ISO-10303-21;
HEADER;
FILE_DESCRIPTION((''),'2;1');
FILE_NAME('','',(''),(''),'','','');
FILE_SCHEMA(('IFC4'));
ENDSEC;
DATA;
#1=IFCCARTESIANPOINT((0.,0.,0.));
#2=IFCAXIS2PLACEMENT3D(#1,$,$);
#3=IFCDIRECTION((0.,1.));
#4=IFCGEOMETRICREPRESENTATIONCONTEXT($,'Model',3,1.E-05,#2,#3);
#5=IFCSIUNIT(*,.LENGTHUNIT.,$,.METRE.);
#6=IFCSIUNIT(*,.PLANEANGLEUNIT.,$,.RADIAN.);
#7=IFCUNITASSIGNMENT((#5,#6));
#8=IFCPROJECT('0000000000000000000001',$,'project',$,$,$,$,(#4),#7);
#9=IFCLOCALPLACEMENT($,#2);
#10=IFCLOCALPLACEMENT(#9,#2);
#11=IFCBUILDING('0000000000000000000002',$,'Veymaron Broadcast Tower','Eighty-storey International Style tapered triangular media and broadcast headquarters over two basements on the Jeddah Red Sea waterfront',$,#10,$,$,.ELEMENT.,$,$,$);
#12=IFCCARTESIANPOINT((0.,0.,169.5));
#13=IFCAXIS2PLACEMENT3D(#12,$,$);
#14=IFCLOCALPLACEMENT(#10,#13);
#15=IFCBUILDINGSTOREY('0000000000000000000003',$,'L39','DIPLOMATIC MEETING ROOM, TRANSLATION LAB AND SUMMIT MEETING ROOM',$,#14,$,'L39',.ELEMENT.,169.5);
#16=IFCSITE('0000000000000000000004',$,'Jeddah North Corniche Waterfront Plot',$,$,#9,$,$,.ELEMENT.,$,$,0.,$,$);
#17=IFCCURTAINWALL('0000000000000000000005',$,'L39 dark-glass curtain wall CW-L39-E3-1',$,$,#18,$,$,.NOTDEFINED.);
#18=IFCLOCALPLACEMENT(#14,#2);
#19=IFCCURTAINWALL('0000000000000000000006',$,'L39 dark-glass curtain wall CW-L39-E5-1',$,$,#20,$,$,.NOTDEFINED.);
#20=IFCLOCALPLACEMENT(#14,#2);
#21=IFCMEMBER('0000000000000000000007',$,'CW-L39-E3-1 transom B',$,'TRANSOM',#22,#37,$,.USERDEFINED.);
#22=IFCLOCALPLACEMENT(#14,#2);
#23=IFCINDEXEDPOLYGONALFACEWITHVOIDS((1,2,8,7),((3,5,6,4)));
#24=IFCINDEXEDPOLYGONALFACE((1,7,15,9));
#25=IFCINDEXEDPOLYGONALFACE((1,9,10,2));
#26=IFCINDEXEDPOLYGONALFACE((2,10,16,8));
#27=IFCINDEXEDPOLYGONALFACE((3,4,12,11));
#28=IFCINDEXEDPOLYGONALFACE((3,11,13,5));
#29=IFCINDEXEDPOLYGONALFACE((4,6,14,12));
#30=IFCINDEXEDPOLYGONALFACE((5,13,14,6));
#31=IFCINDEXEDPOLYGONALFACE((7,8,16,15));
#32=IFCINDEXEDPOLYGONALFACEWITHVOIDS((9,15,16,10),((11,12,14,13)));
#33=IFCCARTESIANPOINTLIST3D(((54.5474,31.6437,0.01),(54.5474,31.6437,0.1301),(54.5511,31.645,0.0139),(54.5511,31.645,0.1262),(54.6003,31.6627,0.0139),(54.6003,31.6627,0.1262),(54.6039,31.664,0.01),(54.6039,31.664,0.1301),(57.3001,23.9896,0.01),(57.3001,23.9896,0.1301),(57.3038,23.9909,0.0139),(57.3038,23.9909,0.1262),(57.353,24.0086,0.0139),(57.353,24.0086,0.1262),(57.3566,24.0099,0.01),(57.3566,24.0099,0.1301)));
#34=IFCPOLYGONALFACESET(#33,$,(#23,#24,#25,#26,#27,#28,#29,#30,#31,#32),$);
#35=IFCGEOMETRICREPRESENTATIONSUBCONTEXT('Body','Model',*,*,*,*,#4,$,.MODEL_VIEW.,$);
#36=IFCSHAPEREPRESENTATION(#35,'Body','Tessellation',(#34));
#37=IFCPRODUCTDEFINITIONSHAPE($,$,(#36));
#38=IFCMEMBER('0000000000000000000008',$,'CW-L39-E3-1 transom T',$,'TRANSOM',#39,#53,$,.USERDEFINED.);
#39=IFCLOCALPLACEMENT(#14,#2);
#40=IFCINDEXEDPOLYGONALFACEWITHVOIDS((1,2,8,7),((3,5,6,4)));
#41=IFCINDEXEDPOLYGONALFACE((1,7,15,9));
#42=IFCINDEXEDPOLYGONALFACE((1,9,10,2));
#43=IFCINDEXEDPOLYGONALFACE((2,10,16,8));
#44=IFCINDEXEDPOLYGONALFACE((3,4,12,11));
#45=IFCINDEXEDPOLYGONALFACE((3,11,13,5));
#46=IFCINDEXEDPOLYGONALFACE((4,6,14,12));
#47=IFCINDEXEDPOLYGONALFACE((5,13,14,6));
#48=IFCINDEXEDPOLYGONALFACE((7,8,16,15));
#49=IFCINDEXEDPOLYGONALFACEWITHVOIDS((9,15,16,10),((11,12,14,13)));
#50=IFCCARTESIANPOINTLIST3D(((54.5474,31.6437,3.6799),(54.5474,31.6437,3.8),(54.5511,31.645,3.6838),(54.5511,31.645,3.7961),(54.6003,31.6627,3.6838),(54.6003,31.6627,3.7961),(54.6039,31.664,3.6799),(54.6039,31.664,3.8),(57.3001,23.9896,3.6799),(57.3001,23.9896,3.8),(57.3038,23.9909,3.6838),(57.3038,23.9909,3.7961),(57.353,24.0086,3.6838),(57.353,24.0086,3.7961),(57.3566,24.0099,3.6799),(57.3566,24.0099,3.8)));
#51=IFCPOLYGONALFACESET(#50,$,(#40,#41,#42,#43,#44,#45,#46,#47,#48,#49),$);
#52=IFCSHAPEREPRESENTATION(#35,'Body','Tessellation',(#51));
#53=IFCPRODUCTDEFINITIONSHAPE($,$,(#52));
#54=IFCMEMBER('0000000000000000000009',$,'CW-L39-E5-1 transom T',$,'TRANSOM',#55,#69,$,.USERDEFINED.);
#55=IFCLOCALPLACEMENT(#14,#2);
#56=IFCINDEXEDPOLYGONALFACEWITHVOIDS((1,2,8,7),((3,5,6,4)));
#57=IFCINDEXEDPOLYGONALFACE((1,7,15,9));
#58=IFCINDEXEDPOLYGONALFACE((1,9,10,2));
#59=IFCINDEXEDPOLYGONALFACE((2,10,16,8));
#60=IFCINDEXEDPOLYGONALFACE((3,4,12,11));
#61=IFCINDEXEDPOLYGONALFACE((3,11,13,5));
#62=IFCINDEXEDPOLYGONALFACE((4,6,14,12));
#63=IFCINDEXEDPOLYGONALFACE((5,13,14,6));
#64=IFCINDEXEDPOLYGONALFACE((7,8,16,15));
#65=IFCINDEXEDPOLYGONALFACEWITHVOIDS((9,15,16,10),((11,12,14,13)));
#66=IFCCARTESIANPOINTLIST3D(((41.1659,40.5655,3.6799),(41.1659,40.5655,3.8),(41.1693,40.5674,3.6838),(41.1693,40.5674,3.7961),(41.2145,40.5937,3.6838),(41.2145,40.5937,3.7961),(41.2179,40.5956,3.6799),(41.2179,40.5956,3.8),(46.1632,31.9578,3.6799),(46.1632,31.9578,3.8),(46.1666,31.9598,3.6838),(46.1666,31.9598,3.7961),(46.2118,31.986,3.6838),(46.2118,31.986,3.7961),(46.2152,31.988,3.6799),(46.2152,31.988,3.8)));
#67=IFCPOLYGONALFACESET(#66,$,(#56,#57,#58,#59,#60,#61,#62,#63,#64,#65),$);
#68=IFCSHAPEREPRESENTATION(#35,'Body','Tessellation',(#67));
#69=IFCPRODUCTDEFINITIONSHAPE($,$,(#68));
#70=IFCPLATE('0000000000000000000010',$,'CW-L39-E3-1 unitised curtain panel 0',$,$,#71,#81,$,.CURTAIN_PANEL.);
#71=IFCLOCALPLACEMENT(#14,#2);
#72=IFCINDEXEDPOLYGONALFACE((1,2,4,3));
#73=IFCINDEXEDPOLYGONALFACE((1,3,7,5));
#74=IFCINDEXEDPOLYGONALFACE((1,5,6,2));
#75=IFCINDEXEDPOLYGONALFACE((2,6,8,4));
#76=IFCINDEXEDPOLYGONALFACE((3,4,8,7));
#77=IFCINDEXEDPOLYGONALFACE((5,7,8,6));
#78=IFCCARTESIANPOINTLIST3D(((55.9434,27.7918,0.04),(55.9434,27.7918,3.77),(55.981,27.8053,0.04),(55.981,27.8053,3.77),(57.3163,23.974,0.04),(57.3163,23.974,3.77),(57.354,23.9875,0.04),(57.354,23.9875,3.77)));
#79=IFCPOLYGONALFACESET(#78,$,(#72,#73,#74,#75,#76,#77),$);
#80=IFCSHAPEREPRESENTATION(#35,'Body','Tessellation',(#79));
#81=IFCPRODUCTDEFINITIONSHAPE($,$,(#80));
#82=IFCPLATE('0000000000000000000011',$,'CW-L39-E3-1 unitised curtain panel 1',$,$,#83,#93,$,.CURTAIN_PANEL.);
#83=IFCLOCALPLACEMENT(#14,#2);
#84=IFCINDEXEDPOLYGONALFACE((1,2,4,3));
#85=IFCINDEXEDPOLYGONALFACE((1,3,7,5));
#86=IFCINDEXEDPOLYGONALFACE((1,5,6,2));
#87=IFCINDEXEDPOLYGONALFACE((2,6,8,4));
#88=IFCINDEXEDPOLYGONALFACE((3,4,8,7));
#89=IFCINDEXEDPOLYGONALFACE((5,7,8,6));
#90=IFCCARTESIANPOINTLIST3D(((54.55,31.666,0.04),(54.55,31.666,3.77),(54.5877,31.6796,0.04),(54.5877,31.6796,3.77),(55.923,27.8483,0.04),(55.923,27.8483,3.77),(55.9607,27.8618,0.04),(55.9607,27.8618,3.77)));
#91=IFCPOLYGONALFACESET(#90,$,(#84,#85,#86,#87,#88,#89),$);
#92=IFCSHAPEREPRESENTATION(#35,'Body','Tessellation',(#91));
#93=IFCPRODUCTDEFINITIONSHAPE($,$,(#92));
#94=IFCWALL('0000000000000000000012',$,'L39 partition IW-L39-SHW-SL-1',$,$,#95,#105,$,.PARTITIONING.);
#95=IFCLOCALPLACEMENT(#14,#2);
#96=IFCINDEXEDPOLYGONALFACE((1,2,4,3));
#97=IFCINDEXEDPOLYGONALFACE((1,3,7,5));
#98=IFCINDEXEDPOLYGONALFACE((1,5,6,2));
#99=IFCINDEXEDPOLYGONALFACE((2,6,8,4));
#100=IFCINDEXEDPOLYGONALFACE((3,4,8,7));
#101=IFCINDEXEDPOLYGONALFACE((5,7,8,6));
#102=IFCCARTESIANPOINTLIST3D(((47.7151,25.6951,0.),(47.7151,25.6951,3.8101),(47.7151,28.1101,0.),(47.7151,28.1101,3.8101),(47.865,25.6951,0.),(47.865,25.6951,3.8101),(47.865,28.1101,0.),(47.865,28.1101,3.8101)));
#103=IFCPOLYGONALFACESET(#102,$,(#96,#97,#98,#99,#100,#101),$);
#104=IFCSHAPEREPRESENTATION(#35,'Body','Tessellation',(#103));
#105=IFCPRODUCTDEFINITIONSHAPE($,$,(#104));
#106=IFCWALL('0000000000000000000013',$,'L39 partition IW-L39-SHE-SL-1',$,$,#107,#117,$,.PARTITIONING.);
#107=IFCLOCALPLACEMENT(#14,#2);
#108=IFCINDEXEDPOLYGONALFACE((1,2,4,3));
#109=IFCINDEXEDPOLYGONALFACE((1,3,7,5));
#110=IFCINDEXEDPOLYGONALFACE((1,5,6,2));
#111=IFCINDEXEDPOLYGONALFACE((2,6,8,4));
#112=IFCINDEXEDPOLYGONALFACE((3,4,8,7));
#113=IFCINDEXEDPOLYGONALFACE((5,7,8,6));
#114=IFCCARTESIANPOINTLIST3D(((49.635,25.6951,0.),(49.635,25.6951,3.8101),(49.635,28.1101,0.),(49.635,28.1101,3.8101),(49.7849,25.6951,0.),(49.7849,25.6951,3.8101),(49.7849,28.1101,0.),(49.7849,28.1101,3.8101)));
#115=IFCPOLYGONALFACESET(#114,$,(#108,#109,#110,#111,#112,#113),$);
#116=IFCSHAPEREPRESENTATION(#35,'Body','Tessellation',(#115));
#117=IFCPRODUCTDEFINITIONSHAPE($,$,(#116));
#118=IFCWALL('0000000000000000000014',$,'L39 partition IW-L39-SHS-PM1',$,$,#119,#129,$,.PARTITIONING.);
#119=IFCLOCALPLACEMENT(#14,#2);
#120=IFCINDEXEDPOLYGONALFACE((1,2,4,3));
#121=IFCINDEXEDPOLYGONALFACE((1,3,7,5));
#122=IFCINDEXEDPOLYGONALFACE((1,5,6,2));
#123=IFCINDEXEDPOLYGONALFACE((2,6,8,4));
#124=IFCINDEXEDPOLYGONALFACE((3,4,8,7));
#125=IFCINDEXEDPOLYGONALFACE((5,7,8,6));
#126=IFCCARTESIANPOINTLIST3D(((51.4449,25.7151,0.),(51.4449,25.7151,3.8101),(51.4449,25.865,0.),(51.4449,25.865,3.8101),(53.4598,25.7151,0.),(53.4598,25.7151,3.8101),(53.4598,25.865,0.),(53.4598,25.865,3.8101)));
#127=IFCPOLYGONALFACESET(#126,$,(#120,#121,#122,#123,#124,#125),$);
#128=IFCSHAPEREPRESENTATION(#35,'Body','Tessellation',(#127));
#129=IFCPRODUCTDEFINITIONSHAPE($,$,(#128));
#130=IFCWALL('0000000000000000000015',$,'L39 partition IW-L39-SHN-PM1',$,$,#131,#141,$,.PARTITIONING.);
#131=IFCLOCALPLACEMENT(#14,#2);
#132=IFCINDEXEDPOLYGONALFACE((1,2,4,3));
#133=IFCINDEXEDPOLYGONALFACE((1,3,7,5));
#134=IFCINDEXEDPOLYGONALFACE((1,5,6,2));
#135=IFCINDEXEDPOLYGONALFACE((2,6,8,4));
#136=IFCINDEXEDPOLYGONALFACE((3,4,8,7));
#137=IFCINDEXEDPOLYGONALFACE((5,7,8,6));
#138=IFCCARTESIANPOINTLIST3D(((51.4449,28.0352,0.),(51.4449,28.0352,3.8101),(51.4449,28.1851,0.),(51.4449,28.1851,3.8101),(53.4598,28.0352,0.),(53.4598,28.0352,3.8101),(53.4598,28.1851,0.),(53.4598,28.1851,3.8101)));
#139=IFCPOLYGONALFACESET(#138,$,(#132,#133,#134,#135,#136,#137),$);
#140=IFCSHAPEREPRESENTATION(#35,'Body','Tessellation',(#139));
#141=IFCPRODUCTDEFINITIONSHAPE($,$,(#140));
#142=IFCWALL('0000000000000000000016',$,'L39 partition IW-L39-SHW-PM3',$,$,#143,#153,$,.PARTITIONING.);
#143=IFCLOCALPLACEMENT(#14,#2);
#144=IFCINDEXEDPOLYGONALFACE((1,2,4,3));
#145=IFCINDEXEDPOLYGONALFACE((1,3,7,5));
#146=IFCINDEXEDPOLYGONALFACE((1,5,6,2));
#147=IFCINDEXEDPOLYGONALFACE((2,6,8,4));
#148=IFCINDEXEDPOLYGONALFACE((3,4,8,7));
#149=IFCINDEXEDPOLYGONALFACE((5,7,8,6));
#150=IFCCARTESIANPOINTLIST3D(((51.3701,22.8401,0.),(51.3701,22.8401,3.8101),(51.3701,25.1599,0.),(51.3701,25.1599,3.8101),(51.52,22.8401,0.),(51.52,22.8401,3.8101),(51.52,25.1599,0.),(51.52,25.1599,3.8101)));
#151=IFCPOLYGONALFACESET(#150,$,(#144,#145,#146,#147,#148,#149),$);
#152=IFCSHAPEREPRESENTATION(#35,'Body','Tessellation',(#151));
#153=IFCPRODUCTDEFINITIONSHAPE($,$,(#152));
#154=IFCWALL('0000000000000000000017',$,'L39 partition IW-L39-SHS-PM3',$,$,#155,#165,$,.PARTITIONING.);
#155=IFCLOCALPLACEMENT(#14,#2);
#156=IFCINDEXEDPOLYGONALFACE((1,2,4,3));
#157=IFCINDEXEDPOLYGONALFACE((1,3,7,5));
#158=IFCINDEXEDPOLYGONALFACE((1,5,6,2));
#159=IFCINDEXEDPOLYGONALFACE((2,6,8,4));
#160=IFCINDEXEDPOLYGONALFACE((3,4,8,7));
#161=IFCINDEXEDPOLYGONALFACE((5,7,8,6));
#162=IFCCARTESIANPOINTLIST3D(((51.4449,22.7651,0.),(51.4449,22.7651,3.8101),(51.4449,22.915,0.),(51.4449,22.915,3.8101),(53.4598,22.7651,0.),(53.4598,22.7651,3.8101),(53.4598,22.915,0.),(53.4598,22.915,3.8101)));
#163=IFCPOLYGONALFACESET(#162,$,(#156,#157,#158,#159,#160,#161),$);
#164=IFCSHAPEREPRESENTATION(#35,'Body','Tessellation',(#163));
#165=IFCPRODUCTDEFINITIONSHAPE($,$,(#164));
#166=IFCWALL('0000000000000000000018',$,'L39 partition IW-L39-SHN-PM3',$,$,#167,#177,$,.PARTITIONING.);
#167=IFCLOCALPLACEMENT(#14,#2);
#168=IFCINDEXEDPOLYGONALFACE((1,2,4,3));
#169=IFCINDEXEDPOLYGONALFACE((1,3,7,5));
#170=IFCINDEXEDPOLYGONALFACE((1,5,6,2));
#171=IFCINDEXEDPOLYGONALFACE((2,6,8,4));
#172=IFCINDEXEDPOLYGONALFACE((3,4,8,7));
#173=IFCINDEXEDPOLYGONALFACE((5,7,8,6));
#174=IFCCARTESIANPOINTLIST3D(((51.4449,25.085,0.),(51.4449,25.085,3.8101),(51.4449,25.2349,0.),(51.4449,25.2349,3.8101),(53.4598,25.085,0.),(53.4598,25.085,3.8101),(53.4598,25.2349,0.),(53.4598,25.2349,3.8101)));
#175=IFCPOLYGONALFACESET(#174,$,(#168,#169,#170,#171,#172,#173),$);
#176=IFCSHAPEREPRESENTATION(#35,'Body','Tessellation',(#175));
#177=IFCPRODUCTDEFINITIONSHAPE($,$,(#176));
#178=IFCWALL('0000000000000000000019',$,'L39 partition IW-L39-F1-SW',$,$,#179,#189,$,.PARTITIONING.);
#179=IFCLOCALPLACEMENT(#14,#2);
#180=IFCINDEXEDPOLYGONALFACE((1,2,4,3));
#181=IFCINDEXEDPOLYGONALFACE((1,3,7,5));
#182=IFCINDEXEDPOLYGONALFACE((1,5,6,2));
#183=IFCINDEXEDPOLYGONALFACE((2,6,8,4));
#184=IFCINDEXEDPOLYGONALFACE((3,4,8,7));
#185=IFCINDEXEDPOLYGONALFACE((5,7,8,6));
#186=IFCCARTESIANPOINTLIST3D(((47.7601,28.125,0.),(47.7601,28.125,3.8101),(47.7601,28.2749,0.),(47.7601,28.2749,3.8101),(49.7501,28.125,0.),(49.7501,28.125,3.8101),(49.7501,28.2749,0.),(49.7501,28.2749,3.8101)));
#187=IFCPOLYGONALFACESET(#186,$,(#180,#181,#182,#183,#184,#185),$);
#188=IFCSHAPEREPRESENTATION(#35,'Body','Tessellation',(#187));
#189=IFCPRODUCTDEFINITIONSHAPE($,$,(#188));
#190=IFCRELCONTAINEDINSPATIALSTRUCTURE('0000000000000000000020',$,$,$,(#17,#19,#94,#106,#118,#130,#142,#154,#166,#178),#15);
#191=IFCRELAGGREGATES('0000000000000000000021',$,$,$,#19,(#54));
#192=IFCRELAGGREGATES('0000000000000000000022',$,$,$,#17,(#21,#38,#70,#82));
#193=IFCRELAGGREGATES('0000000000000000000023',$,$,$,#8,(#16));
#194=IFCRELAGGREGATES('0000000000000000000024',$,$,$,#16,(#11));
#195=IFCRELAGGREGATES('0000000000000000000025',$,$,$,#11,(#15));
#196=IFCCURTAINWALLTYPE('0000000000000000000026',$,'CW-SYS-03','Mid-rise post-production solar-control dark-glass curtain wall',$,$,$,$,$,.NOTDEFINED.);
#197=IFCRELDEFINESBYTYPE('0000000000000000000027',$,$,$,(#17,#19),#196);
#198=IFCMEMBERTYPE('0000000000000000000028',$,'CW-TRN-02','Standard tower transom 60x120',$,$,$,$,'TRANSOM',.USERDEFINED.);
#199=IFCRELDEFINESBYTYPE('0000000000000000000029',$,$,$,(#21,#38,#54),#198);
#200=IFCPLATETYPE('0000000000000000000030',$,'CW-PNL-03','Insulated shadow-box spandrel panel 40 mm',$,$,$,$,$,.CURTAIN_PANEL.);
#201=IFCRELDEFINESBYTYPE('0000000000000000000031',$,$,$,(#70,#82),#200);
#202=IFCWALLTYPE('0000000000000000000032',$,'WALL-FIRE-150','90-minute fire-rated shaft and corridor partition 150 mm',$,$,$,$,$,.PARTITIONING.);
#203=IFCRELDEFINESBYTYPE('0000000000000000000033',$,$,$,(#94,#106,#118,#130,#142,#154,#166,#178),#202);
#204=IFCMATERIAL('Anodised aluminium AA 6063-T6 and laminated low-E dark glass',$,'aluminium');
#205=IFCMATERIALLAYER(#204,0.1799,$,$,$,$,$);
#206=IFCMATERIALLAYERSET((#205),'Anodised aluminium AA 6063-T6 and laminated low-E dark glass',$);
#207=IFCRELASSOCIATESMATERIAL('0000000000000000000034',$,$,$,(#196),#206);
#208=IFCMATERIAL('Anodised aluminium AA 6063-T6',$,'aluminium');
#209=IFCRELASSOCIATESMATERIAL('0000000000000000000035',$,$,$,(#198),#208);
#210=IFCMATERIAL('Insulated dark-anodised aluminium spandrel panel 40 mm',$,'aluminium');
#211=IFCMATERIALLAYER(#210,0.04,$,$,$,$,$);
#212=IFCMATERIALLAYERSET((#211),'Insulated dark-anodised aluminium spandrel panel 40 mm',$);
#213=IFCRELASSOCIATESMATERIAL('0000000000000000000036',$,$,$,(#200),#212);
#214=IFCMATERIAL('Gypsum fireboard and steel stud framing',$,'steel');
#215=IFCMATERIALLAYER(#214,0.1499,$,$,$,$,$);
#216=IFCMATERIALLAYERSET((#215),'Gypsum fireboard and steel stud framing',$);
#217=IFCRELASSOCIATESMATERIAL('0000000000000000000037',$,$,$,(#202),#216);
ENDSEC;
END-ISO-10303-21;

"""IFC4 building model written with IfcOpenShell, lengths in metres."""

from ifc_helpers import new_model, si_unit, direction, frame, frame_2d, origin, origin_2d, place, context, subcontext, project, spatial, rectangle, hollow_rectangle, extrude, material, layer, layer_set, material_profile, profile_set, type_object, element, aggregate, save


model = new_model("IFC4")

# Units and contexts
model_context = context("Model", 3, precision=1e-05, world=origin(), true_north=direction((0.0, 1.0)))
body_context = subcontext(model_context, "Body", "Model", "MODEL_VIEW")
ifc_project = project(units=[si_unit("LENGTHUNIT", "METRE"), si_unit("PLANEANGLEUNIT", "RADIAN")], contexts=[model_context])

# Site, building, storey
site_placement = place(None, origin())
site = spatial("IfcSite", under=ifc_project, at=site_placement, Name="Jeddah North Corniche Waterfront Plot", CompositionType="ELEMENT", RefElevation=0.0)
building_placement = place(site_placement, origin())
building = spatial("IfcBuilding", under=site, at=building_placement, Name="Veymaron Broadcast Tower", Description="Eighty-storey International Style tapered triangular media and broadcast headquarters over two basements on the Jeddah Red Sea waterfront", CompositionType="ELEMENT")
storey_placement = place(building_placement, frame((0.0, 0.0, 169.5)))
storey = spatial("IfcBuildingStorey", under=building, at=storey_placement, Name="L39", Description="DIPLOMATIC MEETING ROOM, TRANSLATION LAB AND SUMMIT MEETING ROOM", LongName="L39", CompositionType="ELEMENT", Elevation=169.5)

# Shared definitions
ifc_material_1 = material(Name="Anodised aluminium AA 6063-T6 and laminated low-E dark glass", Category="aluminium")
ifc_layer_1 = layer(ifc_material_1, 0.1799)
ifc_layer_set_1 = layer_set([ifc_layer_1], Name="Anodised aluminium AA 6063-T6 and laminated low-E dark glass")
curtain_wall_type = type_object("IfcCurtainWallType", Name="CW-SYS-03", Description="Mid-rise post-production solar-control dark-glass curtain wall", PredefinedType="NOTDEFINED", material=ifc_layer_set_1)
ifc_material_2 = material(Name="Anodised aluminium AA 6063-T6", Category="aluminium")

# Curtain wall
curtain_wall_1_placement = place(storey_placement, origin())
curtain_wall_1 = element("IfcCurtainWall", 1, at=curtain_wall_1_placement, inside=storey, type_object=curtain_wall_type, Name="L39 dark-glass curtain wall CW-L39-E3-1", PredefinedType="NOTDEFINED")

# Curtain wall
curtain_wall_2_placement = place(storey_placement, origin())
curtain_wall_2 = element("IfcCurtainWall", 2, at=curtain_wall_2_placement, inside=storey, type_object=curtain_wall_type, Name="L39 dark-glass curtain wall CW-L39-E5-1", PredefinedType="NOTDEFINED")

# Members
ifc_material_profile_1 = material_profile(ifc_material_2, hollow_rectangle(XDim=0.0601, YDim=0.1201, WallThickness=0.0039, at=origin_2d()), Name="AL120X60X4")
ifc_profile_set_1 = profile_set([ifc_material_profile_1], Name="Anodised aluminium AA 6063-T6")
member_type_1 = type_object("IfcMemberType", Name="CW-TRN-02", Description="Standard tower transom 60x120", ElementType="TRANSOM", PredefinedType="USERDEFINED", material=ifc_profile_set_1)
member_1_placement = place(storey_placement, frame((57.3284, 23.9998, 0.0701), z_axis=(-0.338418, 0.940996, 0.0), x_axis=(-0.940996, -0.338418, 0.0)))
member_1 = element("IfcMember", 3, at=member_1_placement, type_object=member_type_1, Name="CW-L39-E3-1 transom B", ObjectType="TRANSOM", PredefinedType="USERDEFINED", context=body_context, shape_type="SweptSolid", body=[
    extrude(hollow_rectangle(XDim=0.0601, YDim=0.1201, WallThickness=0.0039, at=origin_2d()), origin(), (0.0, 0.0, 1.0), 8.134),
])
member_2_placement = place(storey_placement, frame((57.3284, 23.9998, 3.74), z_axis=(-0.338418, 0.940996, 0.0), x_axis=(-0.940996, -0.338418, 0.0)))
member_2 = element("IfcMember", 4, at=member_2_placement, type_object=member_type_1, Name="CW-L39-E3-1 transom T", ObjectType="TRANSOM", PredefinedType="USERDEFINED", context=body_context, shape_type="SweptSolid", body=[
    extrude(hollow_rectangle(XDim=0.0601, YDim=0.1201, WallThickness=0.0039, at=origin_2d()), origin(), (0.0, 0.0, 1.0), 8.134),
])
member_3_placement = place(storey_placement, frame((46.1892, 31.9729, 3.74), z_axis=(-0.502084, 0.864819, 0.0), x_axis=(-0.864819, -0.502084, 0.0)))
member_3 = element("IfcMember", 5, at=member_3_placement, type_object=member_type_1, Name="CW-L39-E5-1 transom T", ObjectType="TRANSOM", PredefinedType="USERDEFINED", context=body_context, shape_type="SweptSolid", body=[
    extrude(hollow_rectangle(XDim=0.0601, YDim=0.1201, WallThickness=0.0039, at=origin_2d()), origin(), (0.0, 0.0, 1.0), 9.9531),
])
aggregate(curtain_wall_2, [member_3])

# Plates
ifc_material_3 = material(Name="Insulated dark-anodised aluminium spandrel panel 40 mm", Category="aluminium")
ifc_layer_2 = layer(ifc_material_3, 0.04)
ifc_layer_set_2 = layer_set([ifc_layer_2], Name="Insulated dark-anodised aluminium spandrel panel 40 mm")
plate_type = type_object("IfcPlateType", Name="CW-PNL-03", Description="Insulated shadow-box spandrel panel 40 mm", PredefinedType="CURTAIN_PANEL", material=ifc_layer_set_2)
plate_1_placement = place(storey_placement, frame((56.6487, 25.8896, 0.04), z_axis=(0.0, 0.0, 1.0), x_axis=(-0.338409, 0.940999, 0.0)))
plate_1 = element("IfcPlate", 6, at=plate_1_placement, type_object=plate_type, Name="CW-L39-E3-1 unitised curtain panel 0", PredefinedType="CURTAIN_PANEL", context=body_context, shape_type="SweptSolid", body=[
    extrude(rectangle(XDim=4.0571, YDim=0.04, at=origin_2d()), origin(), (0.0, 0.0, 1.0), 3.73),
])
plate_2_placement = place(storey_placement, frame((55.2554, 29.7639, 0.04), z_axis=(0.0, 0.0, 1.0), x_axis=(-0.338409, 0.940999, 0.0)))
plate_2 = element("IfcPlate", 7, at=plate_2_placement, type_object=plate_type, Name="CW-L39-E3-1 unitised curtain panel 1", PredefinedType="CURTAIN_PANEL", context=body_context, shape_type="SweptSolid", body=[
    extrude(rectangle(XDim=4.0571, YDim=0.04, at=origin_2d()), origin(), (0.0, 0.0, 1.0), 3.73),
])
aggregate(curtain_wall_1, [member_1, member_2, plate_1, plate_2])

# Shared definitions
ifc_material_4 = material(Name="Gypsum fireboard and steel stud framing", Category="steel")
ifc_layer_3 = layer(ifc_material_4, 0.1499)
ifc_layer_set_3 = layer_set([ifc_layer_3], Name="Gypsum fireboard and steel stud framing")
wall_type_1 = type_object("IfcWallType", Name="WALL-FIRE-150", Description="90-minute fire-rated shaft and corridor partition 150 mm", PredefinedType="PARTITIONING", material=ifc_layer_set_3)

# Walls
for number, where, z_axis, x_axis, name in (
    (8, (47.79, 25.6951, 0.0), (0.0, 0.0, 1.0), (0.0, 1.0, 0.0), "L39 partition IW-L39-SHW-SL-1"),
    (9, (49.71, 25.6951, 0.0), (0.0, 0.0, 1.0), (0.0, 1.0, 0.0), "L39 partition IW-L39-SHE-SL-1"),
):
    element("IfcWall", number, at=place(storey_placement, frame(where, z_axis=z_axis, x_axis=x_axis)), inside=storey, type_object=wall_type_1, Name=name, PredefinedType="PARTITIONING", context=body_context, shape_type="SweptSolid", body=[
        extrude(rectangle(XDim=2.415, YDim=0.1499, at=frame_2d((1.2075, 0.0))), origin(), (0.0, 0.0, 1.0), 3.8101),
    ])

# Walls
for number, where, z_axis, x_axis, name in (
    (10, (51.4451, 25.79, 0.0), (0.0, 0.0, 1.0), (1.0, 0.0, 0.0), "L39 partition IW-L39-SHS-PM1"),
    (11, (51.4451, 28.1101, 0.0), (0.0, 0.0, 1.0), (1.0, 0.0, 0.0), "L39 partition IW-L39-SHN-PM1"),
):
    element("IfcWall", number, at=place(storey_placement, frame(where, z_axis=z_axis, x_axis=x_axis)), inside=storey, type_object=wall_type_1, Name=name, PredefinedType="PARTITIONING", context=body_context, shape_type="SweptSolid", body=[
        extrude(rectangle(XDim=2.0149, YDim=0.1499, at=frame_2d((1.0073, 0.0))), origin(), (0.0, 0.0, 1.0), 3.8101),
    ])
wall_1_placement = place(storey_placement, frame((51.4451, 22.8401, 0.0), z_axis=(0.0, 0.0, 1.0), x_axis=(0.0, 1.0, 0.0)))
element("IfcWall", 12, at=wall_1_placement, inside=storey, type_object=wall_type_1, Name="L39 partition IW-L39-SHW-PM3", PredefinedType="PARTITIONING", context=body_context, shape_type="SweptSolid", body=[
    extrude(rectangle(XDim=2.3198, YDim=0.1499, at=frame_2d((1.1599, 0.0))), origin(), (0.0, 0.0, 1.0), 3.8101),
])
for number, where, z_axis, x_axis, name in (
    (13, (51.4451, 22.8401, 0.0), (0.0, 0.0, 1.0), (1.0, 0.0, 0.0), "L39 partition IW-L39-SHS-PM3"),
    (14, (51.4451, 25.1599, 0.0), (0.0, 0.0, 1.0), (1.0, 0.0, 0.0), "L39 partition IW-L39-SHN-PM3"),
):
    element("IfcWall", number, at=place(storey_placement, frame(where, z_axis=z_axis, x_axis=x_axis)), inside=storey, type_object=wall_type_1, Name=name, PredefinedType="PARTITIONING", context=body_context, shape_type="SweptSolid", body=[
        extrude(rectangle(XDim=2.0149, YDim=0.1499, at=frame_2d((1.0073, 0.0))), origin(), (0.0, 0.0, 1.0), 3.8101),
    ])
wall_2_placement = place(storey_placement, frame((47.76, 28.2, 0.0), z_axis=(0.0, 0.0, 1.0), x_axis=(1.0, 0.0, 0.0)))
element("IfcWall", 15, at=wall_2_placement, inside=storey, type_object=wall_type_1, Name="L39 partition IW-L39-F1-SW", PredefinedType="PARTITIONING", context=body_context, shape_type="SweptSolid", body=[
    extrude(rectangle(XDim=1.99, YDim=0.1499, at=frame_2d((0.9951, 0.0))), origin(), (0.0, 0.0, 1.0), 3.8101),
])

save(model, "model.ifc")
